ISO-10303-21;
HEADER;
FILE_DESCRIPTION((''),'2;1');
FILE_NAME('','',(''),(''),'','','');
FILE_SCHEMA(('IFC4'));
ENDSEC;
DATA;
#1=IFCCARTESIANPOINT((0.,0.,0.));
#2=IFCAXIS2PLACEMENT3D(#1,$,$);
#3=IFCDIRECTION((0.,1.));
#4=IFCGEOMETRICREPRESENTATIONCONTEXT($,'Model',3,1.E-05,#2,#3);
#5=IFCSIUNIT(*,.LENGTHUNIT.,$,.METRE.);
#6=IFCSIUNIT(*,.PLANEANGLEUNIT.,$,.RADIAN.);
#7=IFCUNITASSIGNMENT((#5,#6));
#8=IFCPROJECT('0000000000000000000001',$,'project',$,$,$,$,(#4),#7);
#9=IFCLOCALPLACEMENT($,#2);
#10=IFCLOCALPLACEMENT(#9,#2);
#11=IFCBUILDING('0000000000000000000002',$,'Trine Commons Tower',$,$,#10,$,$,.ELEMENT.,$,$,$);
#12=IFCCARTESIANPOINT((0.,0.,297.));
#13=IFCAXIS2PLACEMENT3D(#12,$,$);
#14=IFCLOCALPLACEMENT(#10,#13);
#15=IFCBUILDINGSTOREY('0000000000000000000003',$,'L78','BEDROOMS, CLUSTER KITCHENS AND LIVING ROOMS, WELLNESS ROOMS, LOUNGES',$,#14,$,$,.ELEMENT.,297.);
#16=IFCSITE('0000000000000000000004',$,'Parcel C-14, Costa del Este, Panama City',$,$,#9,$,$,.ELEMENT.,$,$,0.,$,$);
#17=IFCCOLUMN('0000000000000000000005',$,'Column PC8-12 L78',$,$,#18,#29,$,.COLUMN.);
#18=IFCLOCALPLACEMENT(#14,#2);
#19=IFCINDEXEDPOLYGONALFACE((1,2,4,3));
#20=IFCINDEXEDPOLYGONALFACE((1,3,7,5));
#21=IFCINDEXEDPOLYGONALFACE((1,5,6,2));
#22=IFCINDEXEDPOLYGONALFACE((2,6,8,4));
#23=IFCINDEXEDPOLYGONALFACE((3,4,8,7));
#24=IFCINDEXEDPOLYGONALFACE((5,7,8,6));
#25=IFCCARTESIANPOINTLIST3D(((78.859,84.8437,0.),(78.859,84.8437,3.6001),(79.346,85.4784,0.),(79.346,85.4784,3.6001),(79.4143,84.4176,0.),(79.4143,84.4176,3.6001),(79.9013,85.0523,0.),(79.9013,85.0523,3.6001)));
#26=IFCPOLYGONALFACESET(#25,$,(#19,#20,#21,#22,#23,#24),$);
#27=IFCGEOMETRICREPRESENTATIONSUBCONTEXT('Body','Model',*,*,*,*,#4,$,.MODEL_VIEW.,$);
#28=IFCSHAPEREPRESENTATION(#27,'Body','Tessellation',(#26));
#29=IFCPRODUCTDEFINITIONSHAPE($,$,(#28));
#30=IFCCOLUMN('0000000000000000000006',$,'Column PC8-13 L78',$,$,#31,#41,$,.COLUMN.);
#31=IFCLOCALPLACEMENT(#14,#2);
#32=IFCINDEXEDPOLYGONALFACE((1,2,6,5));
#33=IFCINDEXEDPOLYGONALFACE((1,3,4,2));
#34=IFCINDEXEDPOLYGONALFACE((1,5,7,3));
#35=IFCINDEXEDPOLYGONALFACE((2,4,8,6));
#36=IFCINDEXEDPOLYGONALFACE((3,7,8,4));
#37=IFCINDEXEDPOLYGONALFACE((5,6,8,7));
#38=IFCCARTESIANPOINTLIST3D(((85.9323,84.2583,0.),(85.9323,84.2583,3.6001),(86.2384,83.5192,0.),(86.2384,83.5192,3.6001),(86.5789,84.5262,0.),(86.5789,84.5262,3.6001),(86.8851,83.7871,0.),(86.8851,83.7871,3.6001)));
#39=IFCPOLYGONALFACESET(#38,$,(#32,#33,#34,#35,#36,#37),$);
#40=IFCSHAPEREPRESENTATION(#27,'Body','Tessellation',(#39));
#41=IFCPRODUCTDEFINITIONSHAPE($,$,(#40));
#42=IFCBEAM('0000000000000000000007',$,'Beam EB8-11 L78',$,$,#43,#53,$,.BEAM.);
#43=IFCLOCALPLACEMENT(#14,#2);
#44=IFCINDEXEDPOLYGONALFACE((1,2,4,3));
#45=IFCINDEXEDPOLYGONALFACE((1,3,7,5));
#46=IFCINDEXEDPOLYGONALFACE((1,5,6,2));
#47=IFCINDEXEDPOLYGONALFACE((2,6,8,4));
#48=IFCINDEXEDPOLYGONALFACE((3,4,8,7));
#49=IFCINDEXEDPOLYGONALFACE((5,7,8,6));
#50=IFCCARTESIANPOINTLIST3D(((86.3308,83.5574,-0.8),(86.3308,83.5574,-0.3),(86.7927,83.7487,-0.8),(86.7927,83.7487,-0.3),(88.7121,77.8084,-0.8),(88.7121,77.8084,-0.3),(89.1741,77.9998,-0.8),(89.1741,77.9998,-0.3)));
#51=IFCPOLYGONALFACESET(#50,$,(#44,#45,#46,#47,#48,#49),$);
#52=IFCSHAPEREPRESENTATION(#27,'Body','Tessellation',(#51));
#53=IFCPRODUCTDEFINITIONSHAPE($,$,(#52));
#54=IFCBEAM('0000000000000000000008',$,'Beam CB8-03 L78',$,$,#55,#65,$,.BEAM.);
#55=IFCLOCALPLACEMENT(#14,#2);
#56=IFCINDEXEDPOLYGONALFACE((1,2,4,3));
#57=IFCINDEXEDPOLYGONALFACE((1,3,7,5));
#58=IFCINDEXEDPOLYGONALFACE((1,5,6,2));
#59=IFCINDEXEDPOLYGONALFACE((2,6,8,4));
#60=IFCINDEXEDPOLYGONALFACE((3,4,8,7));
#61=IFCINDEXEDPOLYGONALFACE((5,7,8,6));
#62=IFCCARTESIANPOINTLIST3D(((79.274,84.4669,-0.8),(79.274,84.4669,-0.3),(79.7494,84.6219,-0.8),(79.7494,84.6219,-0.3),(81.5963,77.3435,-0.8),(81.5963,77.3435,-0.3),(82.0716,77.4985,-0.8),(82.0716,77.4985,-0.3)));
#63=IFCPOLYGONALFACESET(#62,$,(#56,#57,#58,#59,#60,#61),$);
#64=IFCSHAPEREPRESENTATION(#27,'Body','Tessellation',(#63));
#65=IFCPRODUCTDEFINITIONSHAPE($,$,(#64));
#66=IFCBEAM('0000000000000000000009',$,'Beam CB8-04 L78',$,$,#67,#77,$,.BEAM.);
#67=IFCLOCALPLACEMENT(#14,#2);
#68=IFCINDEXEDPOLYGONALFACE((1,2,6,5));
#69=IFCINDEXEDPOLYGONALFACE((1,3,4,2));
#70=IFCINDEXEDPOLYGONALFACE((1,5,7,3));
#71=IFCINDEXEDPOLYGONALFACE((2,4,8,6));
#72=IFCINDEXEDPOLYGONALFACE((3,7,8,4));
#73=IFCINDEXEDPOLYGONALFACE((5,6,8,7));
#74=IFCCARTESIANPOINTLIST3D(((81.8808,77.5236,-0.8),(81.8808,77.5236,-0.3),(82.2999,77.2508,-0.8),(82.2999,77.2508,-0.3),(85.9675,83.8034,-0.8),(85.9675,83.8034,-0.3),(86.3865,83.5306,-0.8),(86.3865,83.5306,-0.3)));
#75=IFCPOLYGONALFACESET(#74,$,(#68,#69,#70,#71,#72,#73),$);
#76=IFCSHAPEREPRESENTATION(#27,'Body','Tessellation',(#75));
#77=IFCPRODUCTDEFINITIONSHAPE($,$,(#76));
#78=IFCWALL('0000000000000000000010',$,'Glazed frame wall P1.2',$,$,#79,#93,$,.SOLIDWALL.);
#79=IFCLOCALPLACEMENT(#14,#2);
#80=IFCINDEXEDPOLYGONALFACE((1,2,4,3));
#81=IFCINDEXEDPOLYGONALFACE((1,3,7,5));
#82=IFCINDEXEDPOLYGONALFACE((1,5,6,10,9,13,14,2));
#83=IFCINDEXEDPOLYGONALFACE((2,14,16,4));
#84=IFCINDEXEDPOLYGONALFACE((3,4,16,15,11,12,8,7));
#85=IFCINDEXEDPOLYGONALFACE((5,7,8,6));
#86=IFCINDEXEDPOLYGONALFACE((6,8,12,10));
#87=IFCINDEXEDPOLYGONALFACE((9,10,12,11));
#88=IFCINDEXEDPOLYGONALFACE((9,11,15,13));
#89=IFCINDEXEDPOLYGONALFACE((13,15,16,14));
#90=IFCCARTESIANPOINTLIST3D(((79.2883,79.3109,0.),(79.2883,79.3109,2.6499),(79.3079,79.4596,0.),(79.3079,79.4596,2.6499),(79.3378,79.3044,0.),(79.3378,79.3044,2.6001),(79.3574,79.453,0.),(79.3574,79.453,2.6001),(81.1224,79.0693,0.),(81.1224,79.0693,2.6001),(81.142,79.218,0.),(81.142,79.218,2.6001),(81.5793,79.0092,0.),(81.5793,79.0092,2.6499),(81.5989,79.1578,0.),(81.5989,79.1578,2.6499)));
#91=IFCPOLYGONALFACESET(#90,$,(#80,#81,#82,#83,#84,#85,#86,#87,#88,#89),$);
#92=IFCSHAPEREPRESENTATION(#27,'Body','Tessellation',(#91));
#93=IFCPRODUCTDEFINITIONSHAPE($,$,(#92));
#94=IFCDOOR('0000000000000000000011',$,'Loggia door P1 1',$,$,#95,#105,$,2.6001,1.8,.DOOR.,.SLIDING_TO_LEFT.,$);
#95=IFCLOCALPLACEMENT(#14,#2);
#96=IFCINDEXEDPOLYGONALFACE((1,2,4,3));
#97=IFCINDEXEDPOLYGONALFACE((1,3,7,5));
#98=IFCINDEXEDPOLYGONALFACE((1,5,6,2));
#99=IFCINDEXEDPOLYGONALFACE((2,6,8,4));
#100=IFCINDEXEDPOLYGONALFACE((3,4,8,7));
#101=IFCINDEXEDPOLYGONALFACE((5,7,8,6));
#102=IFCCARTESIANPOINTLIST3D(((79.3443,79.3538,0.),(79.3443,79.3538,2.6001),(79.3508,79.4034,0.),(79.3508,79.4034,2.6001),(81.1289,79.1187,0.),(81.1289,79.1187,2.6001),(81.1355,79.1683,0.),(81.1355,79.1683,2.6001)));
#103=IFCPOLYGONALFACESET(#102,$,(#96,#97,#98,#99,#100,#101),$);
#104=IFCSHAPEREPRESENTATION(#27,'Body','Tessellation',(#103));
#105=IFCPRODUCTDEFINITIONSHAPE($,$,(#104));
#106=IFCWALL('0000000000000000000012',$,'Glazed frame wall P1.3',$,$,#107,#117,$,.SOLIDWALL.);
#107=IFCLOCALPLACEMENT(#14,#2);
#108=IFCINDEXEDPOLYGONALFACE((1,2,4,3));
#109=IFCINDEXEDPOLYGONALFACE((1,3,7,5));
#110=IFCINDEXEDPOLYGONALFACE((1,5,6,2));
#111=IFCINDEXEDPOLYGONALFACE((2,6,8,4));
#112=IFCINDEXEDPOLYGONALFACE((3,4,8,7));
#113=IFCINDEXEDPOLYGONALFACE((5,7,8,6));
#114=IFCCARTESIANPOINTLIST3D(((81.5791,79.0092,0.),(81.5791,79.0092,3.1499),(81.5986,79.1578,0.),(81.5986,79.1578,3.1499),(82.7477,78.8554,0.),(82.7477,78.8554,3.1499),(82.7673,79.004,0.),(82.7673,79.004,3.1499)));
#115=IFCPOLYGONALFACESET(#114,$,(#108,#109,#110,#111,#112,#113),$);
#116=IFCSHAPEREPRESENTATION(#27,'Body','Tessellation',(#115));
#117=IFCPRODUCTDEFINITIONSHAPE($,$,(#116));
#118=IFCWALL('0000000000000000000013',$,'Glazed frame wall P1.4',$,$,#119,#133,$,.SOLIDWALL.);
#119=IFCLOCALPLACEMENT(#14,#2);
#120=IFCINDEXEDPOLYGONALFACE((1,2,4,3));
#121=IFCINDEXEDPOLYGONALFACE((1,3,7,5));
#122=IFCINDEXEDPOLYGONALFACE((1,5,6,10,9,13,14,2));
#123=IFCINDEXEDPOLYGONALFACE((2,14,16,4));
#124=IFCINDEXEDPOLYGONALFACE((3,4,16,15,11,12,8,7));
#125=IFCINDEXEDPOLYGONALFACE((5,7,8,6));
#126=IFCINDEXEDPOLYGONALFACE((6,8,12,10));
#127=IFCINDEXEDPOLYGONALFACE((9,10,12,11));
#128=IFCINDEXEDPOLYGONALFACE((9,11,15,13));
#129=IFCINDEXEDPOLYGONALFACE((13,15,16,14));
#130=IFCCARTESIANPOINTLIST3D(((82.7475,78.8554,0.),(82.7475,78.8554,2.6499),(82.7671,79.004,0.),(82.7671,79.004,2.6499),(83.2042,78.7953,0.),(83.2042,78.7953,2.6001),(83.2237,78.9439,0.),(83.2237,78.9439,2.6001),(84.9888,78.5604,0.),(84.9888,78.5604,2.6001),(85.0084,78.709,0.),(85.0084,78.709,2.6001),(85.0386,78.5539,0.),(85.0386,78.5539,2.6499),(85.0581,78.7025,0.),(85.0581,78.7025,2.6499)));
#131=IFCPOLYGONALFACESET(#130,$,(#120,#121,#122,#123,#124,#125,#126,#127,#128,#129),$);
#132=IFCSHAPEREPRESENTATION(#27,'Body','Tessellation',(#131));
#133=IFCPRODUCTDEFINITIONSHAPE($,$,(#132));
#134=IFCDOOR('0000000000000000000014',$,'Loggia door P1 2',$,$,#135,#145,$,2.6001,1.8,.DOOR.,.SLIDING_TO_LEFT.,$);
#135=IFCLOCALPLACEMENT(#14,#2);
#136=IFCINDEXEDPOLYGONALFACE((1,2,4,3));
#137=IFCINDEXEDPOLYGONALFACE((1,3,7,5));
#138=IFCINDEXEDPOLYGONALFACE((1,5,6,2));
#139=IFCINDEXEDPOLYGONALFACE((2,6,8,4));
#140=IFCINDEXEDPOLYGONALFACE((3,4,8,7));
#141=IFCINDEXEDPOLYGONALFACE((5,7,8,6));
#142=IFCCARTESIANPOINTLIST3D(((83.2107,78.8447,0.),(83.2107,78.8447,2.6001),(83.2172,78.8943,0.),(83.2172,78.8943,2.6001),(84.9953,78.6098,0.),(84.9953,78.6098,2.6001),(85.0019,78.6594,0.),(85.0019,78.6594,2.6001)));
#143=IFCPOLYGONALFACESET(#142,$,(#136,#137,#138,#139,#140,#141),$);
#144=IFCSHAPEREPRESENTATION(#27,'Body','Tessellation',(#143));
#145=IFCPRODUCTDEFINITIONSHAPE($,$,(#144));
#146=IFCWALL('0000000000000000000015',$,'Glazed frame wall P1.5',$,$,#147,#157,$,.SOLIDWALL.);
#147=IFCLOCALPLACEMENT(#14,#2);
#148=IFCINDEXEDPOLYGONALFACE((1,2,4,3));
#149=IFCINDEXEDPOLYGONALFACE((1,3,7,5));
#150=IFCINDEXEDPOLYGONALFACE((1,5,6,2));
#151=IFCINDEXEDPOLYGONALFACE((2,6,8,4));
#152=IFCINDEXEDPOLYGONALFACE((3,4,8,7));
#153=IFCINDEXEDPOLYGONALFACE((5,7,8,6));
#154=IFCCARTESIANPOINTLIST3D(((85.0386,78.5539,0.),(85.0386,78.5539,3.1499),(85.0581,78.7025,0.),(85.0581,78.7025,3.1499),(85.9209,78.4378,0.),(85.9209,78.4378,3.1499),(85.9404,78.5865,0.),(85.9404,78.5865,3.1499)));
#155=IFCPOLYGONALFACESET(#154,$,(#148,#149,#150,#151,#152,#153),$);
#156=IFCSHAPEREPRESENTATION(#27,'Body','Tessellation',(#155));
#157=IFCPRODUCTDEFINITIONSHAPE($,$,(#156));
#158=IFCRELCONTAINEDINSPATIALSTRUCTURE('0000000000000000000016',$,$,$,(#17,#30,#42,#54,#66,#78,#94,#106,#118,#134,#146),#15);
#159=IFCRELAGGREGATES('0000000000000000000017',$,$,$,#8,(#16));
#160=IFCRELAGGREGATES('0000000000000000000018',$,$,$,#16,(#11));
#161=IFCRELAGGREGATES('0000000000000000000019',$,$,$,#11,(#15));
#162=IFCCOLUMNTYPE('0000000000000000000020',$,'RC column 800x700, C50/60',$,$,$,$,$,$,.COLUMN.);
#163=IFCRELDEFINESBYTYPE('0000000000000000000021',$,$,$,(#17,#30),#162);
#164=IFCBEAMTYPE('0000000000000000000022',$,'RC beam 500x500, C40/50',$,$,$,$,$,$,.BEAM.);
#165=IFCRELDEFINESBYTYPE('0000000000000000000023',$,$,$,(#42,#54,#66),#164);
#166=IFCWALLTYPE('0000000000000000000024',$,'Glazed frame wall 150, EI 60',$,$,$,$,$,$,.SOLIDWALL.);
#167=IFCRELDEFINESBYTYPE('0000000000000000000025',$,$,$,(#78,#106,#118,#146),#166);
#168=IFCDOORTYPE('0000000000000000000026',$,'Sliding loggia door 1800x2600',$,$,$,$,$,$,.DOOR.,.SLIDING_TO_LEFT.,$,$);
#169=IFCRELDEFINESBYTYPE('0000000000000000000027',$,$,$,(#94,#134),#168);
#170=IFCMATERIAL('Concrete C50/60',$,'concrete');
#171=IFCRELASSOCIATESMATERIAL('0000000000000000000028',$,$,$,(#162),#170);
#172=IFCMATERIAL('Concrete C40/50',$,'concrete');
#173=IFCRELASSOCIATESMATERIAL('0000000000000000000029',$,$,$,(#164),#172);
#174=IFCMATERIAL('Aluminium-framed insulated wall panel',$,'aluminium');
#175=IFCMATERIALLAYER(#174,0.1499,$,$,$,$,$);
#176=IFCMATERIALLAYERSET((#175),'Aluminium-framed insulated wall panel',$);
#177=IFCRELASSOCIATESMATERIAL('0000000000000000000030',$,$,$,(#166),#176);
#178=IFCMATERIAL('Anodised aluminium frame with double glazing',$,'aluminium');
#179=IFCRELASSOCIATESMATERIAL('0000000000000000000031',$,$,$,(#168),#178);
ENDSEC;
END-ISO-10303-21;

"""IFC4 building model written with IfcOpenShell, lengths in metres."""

from ifc_helpers import new_model, si_unit, direction, frame, frame_2d, origin, origin_2d, place, context, subcontext, project, spatial, polyline, rectangle, outline, extrude, material, layer, layer_set, material_profile, profile_set, type_object, element, fill, save


model = new_model("IFC4")

# Units and contexts
model_context = context("Model", 3, precision=1e-05, world=origin(), true_north=direction((0.0, 1.0)))
body_context = subcontext(model_context, "Body", "Model", "MODEL_VIEW")
ifc_project = project(units=[si_unit("LENGTHUNIT", "METRE"), si_unit("PLANEANGLEUNIT", "RADIAN")], contexts=[model_context])

# Site, building, storey
site_placement = place(None, origin())
site = spatial("IfcSite", under=ifc_project, at=site_placement, Name="Parcel C-14, Costa del Este, Panama City", CompositionType="ELEMENT", RefElevation=0.0)
building_placement = place(site_placement, origin())
building = spatial("IfcBuilding", under=site, at=building_placement, Name="Trine Commons Tower", CompositionType="ELEMENT")
storey_placement = place(building_placement, frame((0.0, 0.0, 297.0)))
storey = spatial("IfcBuildingStorey", under=building, at=storey_placement, Name="L78", Description="BEDROOMS, CLUSTER KITCHENS AND LIVING ROOMS, WELLNESS ROOMS, LOUNGES", CompositionType="ELEMENT", Elevation=297.0)

# Columns
ifc_material_1 = material(Name="Concrete C50/60", Category="concrete")
ifc_material_profile_1 = material_profile(ifc_material_1, rectangle(XDim=0.8, YDim=0.7, at=origin_2d()), Name="RC 800x700")
ifc_profile_set_1 = profile_set([ifc_material_profile_1], Name="Concrete C50/60")
column_type = type_object("IfcColumnType", Name="RC column 800x700, C50/60", PredefinedType="COLUMN", material=ifc_profile_set_1)
for number, where, z_axis, x_axis, name in (
    (1, (79.3801, 84.948, 0.0), (0.0, 0.0, 1.0), (0.608761, 0.793353, 0.0), "Column PC8-12 L78"),
    (2, (86.4087, 84.0227, 0.0), (0.0, 0.0, 1.0), (-0.382683, 0.92388, 0.0), "Column PC8-13 L78"),
):
    element("IfcColumn", number, at=place(storey_placement, frame(where, z_axis=z_axis, x_axis=x_axis)), inside=storey, type_object=column_type, Name=name, PredefinedType="COLUMN", context=body_context, shape_type="SweptSolid", body=[
        extrude(rectangle(XDim=0.8, YDim=0.7, at=origin_2d()), origin(), (0.0, 0.0, 1.0), 3.6001),
    ])

# Beams
ifc_material_2 = material(Name="Concrete C40/50", Category="concrete")
ifc_material_profile_2 = material_profile(ifc_material_2, rectangle(XDim=0.5, YDim=0.5, at=origin_2d()), Name="RC 500x500")
ifc_profile_set_2 = profile_set([ifc_material_profile_2], Name="Concrete C40/50")
beam_type = type_object("IfcBeamType", Name="RC beam 500x500, C40/50", PredefinedType="BEAM", material=ifc_profile_set_2)
beam_placement = place(storey_placement, frame((86.5618, 83.6531, -0.55), z_axis=(0.382687, -0.923878, 0.0), x_axis=(0.923878, 0.382687, 0.0)))
element("IfcBeam", 3, at=beam_placement, inside=storey, type_object=beam_type, Name="Beam EB8-11 L78", PredefinedType="BEAM", context=body_context, shape_type="SweptSolid", body=[
    extrude(rectangle(XDim=0.5, YDim=0.5, at=origin_2d()), origin(), (0.0, 0.0, 1.0), 6.2227),
])
for number, where, z_axis, x_axis, name in (
    (4, (79.5117, 84.5444, -0.55), (0.309945, -0.950754, 0.0), (0.950754, 0.309945, 0.0), "Beam CB8-03 L78"),
    (5, (86.177, 83.667, -0.55), (-0.54544, -0.83815, 0.0), (0.83815, -0.54544, 0.0), "Beam CB8-04 L78"),
):
    element("IfcBeam", number, at=place(storey_placement, frame(where, z_axis=z_axis, x_axis=x_axis)), inside=storey, type_object=beam_type, Name=name, PredefinedType="BEAM", context=body_context, shape_type="SweptSolid", body=[
        extrude(rectangle(XDim=0.5, YDim=0.5, at=origin_2d()), origin(), (0.0, 0.0, 1.0), 7.4924),
    ])

# Wall, opening, door
ifc_material_3 = material(Name="Aluminium-framed insulated wall panel", Category="aluminium")
ifc_layer_1 = layer(ifc_material_3, 0.1499)
ifc_layer_set_1 = layer_set([ifc_layer_1], Name="Aluminium-framed insulated wall panel")
wall_type_1 = type_object("IfcWallType", Name="Glazed frame wall 150, EI 60", PredefinedType="SOLIDWALL", material=ifc_layer_set_1)
wall_1_placement = place(storey_placement, frame((79.2981, 79.3853, 0.0), z_axis=(0.0, 0.0, 1.0), x_axis=(0.991435, -0.130599, 0.0)))
wall_1 = element("IfcWall", 6, at=wall_1_placement, inside=storey, type_object=wall_type_1, Name="Glazed frame wall P1.2", PredefinedType="SOLIDWALL", context=body_context, shape_type="SweptSolid", body=[
    extrude(outline(polyline([(0.0, -0.075), (2.3108, -0.075), (2.3108, 0.075), (0.0, 0.075), (0.0, -0.075)])), origin(), (0.0, 0.0, 1.0), 2.6499),
])
opening_1_placement = place(wall_1_placement, frame((0.05, 0.0, 0.0)))
opening_1 = element("IfcOpeningElement", 7, at=opening_1_placement, cuts=wall_1, PredefinedType="OPENING", context=body_context, shape_type="SweptSolid", body=[
    extrude(rectangle(XDim=1.8, YDim=2.6001, at=frame_2d((0.8999, 1.3))), frame((0.0, 0.085, 0.0), z_axis=(0.0, -1.0, 0.0), x_axis=(1.0, 0.0, 0.0)), (0.0, 0.0, 1.0), 0.1699),
])
ifc_material_4 = material(Name="Anodised aluminium frame with double glazing", Category="aluminium")
door_type = type_object("IfcDoorType", Name="Sliding loggia door 1800x2600", OperationType="SLIDING_TO_LEFT", PredefinedType="DOOR", material=ifc_material_4)
door_1_placement = place(opening_1_placement, origin())
door_1 = element("IfcDoor", 8, at=door_1_placement, inside=storey, type_object=door_type, Name="Loggia door P1 1", OperationType="SLIDING_TO_LEFT", OverallHeight=2.6001, OverallWidth=1.8, PredefinedType="DOOR", context=body_context, shape_type="SweptSolid", body=[
    extrude(rectangle(XDim=1.8, YDim=2.6001, at=frame_2d((0.8999, 1.3))), frame((0.0, 0.0249, 0.0), z_axis=(0.0, -1.0, 0.0), x_axis=(1.0, 0.0, 0.0)), (0.0, 0.0, 1.0), 0.05),
])
fill(opening_1, door_1)

# Wall
wall_2_placement = place(storey_placement, frame((81.5889, 79.0835, 0.0), z_axis=(0.0, 0.0, 1.0), x_axis=(0.991447, -0.130508, 0.0)))
element("IfcWall", 9, at=wall_2_placement, inside=storey, type_object=wall_type_1, Name="Glazed frame wall P1.3", PredefinedType="SOLIDWALL", context=body_context, shape_type="SweptSolid", body=[
    extrude(outline(polyline([(0.0, -0.075), (1.1787, -0.075), (1.1787, 0.075), (0.0, 0.075), (0.0, -0.075)])), origin(), (0.0, 0.0, 1.0), 3.1499),
])

# Wall, opening, door
wall_3_placement = place(storey_placement, frame((82.7573, 78.9297, 0.0), z_axis=(0.0, 0.0, 1.0), x_axis=(0.991451, -0.130482, 0.0)))
wall_3 = element("IfcWall", 10, at=wall_3_placement, inside=storey, type_object=wall_type_1, Name="Glazed frame wall P1.4", PredefinedType="SOLIDWALL", context=body_context, shape_type="SweptSolid", body=[
    extrude(outline(polyline([(0.0, -0.075), (2.3108, -0.075), (2.3108, 0.075), (0.0, 0.075), (0.0, -0.075)])), origin(), (0.0, 0.0, 1.0), 2.6499),
])
opening_2_placement = place(wall_3_placement, frame((0.4607, 0.0, 0.0)))
opening_2 = element("IfcOpeningElement", 11, at=opening_2_placement, cuts=wall_3, PredefinedType="OPENING", context=body_context, shape_type="SweptSolid", body=[
    extrude(rectangle(XDim=1.8, YDim=2.6001, at=frame_2d((0.8999, 1.3))), frame((0.0, 0.085, 0.0), z_axis=(0.0, -1.0, 0.0), x_axis=(1.0, 0.0, 0.0)), (0.0, 0.0, 1.0), 0.1699),
])
door_2_placement = place(opening_2_placement, origin())
door_2 = element("IfcDoor", 12, at=door_2_placement, inside=storey, type_object=door_type, Name="Loggia door P1 2", OperationType="SLIDING_TO_LEFT", OverallHeight=2.6001, OverallWidth=1.8, PredefinedType="DOOR", context=body_context, shape_type="SweptSolid", body=[
    extrude(rectangle(XDim=1.8, YDim=2.6001, at=frame_2d((0.8999, 1.3))), frame((0.0, 0.0249, 0.0), z_axis=(0.0, -1.0, 0.0), x_axis=(1.0, 0.0, 0.0)), (0.0, 0.0, 1.0), 0.05),
])
fill(opening_2, door_2)

# Wall
wall_4_placement = place(storey_placement, frame((85.0483, 78.6282, 0.0), z_axis=(0.0, 0.0, 1.0), x_axis=(0.991465, -0.130372, 0.0)))
element("IfcWall", 13, at=wall_4_placement, inside=storey, type_object=wall_type_1, Name="Glazed frame wall P1.5", PredefinedType="SOLIDWALL", context=body_context, shape_type="SweptSolid", body=[
    extrude(outline(polyline([(0.8899, 0.075), (0.0, 0.075), (0.0, -0.075), (0.8899, -0.075), (0.8899, 0.075)])), origin(), (0.0, 0.0, 1.0), 3.1499),
])

save(model, "model.ifc")
